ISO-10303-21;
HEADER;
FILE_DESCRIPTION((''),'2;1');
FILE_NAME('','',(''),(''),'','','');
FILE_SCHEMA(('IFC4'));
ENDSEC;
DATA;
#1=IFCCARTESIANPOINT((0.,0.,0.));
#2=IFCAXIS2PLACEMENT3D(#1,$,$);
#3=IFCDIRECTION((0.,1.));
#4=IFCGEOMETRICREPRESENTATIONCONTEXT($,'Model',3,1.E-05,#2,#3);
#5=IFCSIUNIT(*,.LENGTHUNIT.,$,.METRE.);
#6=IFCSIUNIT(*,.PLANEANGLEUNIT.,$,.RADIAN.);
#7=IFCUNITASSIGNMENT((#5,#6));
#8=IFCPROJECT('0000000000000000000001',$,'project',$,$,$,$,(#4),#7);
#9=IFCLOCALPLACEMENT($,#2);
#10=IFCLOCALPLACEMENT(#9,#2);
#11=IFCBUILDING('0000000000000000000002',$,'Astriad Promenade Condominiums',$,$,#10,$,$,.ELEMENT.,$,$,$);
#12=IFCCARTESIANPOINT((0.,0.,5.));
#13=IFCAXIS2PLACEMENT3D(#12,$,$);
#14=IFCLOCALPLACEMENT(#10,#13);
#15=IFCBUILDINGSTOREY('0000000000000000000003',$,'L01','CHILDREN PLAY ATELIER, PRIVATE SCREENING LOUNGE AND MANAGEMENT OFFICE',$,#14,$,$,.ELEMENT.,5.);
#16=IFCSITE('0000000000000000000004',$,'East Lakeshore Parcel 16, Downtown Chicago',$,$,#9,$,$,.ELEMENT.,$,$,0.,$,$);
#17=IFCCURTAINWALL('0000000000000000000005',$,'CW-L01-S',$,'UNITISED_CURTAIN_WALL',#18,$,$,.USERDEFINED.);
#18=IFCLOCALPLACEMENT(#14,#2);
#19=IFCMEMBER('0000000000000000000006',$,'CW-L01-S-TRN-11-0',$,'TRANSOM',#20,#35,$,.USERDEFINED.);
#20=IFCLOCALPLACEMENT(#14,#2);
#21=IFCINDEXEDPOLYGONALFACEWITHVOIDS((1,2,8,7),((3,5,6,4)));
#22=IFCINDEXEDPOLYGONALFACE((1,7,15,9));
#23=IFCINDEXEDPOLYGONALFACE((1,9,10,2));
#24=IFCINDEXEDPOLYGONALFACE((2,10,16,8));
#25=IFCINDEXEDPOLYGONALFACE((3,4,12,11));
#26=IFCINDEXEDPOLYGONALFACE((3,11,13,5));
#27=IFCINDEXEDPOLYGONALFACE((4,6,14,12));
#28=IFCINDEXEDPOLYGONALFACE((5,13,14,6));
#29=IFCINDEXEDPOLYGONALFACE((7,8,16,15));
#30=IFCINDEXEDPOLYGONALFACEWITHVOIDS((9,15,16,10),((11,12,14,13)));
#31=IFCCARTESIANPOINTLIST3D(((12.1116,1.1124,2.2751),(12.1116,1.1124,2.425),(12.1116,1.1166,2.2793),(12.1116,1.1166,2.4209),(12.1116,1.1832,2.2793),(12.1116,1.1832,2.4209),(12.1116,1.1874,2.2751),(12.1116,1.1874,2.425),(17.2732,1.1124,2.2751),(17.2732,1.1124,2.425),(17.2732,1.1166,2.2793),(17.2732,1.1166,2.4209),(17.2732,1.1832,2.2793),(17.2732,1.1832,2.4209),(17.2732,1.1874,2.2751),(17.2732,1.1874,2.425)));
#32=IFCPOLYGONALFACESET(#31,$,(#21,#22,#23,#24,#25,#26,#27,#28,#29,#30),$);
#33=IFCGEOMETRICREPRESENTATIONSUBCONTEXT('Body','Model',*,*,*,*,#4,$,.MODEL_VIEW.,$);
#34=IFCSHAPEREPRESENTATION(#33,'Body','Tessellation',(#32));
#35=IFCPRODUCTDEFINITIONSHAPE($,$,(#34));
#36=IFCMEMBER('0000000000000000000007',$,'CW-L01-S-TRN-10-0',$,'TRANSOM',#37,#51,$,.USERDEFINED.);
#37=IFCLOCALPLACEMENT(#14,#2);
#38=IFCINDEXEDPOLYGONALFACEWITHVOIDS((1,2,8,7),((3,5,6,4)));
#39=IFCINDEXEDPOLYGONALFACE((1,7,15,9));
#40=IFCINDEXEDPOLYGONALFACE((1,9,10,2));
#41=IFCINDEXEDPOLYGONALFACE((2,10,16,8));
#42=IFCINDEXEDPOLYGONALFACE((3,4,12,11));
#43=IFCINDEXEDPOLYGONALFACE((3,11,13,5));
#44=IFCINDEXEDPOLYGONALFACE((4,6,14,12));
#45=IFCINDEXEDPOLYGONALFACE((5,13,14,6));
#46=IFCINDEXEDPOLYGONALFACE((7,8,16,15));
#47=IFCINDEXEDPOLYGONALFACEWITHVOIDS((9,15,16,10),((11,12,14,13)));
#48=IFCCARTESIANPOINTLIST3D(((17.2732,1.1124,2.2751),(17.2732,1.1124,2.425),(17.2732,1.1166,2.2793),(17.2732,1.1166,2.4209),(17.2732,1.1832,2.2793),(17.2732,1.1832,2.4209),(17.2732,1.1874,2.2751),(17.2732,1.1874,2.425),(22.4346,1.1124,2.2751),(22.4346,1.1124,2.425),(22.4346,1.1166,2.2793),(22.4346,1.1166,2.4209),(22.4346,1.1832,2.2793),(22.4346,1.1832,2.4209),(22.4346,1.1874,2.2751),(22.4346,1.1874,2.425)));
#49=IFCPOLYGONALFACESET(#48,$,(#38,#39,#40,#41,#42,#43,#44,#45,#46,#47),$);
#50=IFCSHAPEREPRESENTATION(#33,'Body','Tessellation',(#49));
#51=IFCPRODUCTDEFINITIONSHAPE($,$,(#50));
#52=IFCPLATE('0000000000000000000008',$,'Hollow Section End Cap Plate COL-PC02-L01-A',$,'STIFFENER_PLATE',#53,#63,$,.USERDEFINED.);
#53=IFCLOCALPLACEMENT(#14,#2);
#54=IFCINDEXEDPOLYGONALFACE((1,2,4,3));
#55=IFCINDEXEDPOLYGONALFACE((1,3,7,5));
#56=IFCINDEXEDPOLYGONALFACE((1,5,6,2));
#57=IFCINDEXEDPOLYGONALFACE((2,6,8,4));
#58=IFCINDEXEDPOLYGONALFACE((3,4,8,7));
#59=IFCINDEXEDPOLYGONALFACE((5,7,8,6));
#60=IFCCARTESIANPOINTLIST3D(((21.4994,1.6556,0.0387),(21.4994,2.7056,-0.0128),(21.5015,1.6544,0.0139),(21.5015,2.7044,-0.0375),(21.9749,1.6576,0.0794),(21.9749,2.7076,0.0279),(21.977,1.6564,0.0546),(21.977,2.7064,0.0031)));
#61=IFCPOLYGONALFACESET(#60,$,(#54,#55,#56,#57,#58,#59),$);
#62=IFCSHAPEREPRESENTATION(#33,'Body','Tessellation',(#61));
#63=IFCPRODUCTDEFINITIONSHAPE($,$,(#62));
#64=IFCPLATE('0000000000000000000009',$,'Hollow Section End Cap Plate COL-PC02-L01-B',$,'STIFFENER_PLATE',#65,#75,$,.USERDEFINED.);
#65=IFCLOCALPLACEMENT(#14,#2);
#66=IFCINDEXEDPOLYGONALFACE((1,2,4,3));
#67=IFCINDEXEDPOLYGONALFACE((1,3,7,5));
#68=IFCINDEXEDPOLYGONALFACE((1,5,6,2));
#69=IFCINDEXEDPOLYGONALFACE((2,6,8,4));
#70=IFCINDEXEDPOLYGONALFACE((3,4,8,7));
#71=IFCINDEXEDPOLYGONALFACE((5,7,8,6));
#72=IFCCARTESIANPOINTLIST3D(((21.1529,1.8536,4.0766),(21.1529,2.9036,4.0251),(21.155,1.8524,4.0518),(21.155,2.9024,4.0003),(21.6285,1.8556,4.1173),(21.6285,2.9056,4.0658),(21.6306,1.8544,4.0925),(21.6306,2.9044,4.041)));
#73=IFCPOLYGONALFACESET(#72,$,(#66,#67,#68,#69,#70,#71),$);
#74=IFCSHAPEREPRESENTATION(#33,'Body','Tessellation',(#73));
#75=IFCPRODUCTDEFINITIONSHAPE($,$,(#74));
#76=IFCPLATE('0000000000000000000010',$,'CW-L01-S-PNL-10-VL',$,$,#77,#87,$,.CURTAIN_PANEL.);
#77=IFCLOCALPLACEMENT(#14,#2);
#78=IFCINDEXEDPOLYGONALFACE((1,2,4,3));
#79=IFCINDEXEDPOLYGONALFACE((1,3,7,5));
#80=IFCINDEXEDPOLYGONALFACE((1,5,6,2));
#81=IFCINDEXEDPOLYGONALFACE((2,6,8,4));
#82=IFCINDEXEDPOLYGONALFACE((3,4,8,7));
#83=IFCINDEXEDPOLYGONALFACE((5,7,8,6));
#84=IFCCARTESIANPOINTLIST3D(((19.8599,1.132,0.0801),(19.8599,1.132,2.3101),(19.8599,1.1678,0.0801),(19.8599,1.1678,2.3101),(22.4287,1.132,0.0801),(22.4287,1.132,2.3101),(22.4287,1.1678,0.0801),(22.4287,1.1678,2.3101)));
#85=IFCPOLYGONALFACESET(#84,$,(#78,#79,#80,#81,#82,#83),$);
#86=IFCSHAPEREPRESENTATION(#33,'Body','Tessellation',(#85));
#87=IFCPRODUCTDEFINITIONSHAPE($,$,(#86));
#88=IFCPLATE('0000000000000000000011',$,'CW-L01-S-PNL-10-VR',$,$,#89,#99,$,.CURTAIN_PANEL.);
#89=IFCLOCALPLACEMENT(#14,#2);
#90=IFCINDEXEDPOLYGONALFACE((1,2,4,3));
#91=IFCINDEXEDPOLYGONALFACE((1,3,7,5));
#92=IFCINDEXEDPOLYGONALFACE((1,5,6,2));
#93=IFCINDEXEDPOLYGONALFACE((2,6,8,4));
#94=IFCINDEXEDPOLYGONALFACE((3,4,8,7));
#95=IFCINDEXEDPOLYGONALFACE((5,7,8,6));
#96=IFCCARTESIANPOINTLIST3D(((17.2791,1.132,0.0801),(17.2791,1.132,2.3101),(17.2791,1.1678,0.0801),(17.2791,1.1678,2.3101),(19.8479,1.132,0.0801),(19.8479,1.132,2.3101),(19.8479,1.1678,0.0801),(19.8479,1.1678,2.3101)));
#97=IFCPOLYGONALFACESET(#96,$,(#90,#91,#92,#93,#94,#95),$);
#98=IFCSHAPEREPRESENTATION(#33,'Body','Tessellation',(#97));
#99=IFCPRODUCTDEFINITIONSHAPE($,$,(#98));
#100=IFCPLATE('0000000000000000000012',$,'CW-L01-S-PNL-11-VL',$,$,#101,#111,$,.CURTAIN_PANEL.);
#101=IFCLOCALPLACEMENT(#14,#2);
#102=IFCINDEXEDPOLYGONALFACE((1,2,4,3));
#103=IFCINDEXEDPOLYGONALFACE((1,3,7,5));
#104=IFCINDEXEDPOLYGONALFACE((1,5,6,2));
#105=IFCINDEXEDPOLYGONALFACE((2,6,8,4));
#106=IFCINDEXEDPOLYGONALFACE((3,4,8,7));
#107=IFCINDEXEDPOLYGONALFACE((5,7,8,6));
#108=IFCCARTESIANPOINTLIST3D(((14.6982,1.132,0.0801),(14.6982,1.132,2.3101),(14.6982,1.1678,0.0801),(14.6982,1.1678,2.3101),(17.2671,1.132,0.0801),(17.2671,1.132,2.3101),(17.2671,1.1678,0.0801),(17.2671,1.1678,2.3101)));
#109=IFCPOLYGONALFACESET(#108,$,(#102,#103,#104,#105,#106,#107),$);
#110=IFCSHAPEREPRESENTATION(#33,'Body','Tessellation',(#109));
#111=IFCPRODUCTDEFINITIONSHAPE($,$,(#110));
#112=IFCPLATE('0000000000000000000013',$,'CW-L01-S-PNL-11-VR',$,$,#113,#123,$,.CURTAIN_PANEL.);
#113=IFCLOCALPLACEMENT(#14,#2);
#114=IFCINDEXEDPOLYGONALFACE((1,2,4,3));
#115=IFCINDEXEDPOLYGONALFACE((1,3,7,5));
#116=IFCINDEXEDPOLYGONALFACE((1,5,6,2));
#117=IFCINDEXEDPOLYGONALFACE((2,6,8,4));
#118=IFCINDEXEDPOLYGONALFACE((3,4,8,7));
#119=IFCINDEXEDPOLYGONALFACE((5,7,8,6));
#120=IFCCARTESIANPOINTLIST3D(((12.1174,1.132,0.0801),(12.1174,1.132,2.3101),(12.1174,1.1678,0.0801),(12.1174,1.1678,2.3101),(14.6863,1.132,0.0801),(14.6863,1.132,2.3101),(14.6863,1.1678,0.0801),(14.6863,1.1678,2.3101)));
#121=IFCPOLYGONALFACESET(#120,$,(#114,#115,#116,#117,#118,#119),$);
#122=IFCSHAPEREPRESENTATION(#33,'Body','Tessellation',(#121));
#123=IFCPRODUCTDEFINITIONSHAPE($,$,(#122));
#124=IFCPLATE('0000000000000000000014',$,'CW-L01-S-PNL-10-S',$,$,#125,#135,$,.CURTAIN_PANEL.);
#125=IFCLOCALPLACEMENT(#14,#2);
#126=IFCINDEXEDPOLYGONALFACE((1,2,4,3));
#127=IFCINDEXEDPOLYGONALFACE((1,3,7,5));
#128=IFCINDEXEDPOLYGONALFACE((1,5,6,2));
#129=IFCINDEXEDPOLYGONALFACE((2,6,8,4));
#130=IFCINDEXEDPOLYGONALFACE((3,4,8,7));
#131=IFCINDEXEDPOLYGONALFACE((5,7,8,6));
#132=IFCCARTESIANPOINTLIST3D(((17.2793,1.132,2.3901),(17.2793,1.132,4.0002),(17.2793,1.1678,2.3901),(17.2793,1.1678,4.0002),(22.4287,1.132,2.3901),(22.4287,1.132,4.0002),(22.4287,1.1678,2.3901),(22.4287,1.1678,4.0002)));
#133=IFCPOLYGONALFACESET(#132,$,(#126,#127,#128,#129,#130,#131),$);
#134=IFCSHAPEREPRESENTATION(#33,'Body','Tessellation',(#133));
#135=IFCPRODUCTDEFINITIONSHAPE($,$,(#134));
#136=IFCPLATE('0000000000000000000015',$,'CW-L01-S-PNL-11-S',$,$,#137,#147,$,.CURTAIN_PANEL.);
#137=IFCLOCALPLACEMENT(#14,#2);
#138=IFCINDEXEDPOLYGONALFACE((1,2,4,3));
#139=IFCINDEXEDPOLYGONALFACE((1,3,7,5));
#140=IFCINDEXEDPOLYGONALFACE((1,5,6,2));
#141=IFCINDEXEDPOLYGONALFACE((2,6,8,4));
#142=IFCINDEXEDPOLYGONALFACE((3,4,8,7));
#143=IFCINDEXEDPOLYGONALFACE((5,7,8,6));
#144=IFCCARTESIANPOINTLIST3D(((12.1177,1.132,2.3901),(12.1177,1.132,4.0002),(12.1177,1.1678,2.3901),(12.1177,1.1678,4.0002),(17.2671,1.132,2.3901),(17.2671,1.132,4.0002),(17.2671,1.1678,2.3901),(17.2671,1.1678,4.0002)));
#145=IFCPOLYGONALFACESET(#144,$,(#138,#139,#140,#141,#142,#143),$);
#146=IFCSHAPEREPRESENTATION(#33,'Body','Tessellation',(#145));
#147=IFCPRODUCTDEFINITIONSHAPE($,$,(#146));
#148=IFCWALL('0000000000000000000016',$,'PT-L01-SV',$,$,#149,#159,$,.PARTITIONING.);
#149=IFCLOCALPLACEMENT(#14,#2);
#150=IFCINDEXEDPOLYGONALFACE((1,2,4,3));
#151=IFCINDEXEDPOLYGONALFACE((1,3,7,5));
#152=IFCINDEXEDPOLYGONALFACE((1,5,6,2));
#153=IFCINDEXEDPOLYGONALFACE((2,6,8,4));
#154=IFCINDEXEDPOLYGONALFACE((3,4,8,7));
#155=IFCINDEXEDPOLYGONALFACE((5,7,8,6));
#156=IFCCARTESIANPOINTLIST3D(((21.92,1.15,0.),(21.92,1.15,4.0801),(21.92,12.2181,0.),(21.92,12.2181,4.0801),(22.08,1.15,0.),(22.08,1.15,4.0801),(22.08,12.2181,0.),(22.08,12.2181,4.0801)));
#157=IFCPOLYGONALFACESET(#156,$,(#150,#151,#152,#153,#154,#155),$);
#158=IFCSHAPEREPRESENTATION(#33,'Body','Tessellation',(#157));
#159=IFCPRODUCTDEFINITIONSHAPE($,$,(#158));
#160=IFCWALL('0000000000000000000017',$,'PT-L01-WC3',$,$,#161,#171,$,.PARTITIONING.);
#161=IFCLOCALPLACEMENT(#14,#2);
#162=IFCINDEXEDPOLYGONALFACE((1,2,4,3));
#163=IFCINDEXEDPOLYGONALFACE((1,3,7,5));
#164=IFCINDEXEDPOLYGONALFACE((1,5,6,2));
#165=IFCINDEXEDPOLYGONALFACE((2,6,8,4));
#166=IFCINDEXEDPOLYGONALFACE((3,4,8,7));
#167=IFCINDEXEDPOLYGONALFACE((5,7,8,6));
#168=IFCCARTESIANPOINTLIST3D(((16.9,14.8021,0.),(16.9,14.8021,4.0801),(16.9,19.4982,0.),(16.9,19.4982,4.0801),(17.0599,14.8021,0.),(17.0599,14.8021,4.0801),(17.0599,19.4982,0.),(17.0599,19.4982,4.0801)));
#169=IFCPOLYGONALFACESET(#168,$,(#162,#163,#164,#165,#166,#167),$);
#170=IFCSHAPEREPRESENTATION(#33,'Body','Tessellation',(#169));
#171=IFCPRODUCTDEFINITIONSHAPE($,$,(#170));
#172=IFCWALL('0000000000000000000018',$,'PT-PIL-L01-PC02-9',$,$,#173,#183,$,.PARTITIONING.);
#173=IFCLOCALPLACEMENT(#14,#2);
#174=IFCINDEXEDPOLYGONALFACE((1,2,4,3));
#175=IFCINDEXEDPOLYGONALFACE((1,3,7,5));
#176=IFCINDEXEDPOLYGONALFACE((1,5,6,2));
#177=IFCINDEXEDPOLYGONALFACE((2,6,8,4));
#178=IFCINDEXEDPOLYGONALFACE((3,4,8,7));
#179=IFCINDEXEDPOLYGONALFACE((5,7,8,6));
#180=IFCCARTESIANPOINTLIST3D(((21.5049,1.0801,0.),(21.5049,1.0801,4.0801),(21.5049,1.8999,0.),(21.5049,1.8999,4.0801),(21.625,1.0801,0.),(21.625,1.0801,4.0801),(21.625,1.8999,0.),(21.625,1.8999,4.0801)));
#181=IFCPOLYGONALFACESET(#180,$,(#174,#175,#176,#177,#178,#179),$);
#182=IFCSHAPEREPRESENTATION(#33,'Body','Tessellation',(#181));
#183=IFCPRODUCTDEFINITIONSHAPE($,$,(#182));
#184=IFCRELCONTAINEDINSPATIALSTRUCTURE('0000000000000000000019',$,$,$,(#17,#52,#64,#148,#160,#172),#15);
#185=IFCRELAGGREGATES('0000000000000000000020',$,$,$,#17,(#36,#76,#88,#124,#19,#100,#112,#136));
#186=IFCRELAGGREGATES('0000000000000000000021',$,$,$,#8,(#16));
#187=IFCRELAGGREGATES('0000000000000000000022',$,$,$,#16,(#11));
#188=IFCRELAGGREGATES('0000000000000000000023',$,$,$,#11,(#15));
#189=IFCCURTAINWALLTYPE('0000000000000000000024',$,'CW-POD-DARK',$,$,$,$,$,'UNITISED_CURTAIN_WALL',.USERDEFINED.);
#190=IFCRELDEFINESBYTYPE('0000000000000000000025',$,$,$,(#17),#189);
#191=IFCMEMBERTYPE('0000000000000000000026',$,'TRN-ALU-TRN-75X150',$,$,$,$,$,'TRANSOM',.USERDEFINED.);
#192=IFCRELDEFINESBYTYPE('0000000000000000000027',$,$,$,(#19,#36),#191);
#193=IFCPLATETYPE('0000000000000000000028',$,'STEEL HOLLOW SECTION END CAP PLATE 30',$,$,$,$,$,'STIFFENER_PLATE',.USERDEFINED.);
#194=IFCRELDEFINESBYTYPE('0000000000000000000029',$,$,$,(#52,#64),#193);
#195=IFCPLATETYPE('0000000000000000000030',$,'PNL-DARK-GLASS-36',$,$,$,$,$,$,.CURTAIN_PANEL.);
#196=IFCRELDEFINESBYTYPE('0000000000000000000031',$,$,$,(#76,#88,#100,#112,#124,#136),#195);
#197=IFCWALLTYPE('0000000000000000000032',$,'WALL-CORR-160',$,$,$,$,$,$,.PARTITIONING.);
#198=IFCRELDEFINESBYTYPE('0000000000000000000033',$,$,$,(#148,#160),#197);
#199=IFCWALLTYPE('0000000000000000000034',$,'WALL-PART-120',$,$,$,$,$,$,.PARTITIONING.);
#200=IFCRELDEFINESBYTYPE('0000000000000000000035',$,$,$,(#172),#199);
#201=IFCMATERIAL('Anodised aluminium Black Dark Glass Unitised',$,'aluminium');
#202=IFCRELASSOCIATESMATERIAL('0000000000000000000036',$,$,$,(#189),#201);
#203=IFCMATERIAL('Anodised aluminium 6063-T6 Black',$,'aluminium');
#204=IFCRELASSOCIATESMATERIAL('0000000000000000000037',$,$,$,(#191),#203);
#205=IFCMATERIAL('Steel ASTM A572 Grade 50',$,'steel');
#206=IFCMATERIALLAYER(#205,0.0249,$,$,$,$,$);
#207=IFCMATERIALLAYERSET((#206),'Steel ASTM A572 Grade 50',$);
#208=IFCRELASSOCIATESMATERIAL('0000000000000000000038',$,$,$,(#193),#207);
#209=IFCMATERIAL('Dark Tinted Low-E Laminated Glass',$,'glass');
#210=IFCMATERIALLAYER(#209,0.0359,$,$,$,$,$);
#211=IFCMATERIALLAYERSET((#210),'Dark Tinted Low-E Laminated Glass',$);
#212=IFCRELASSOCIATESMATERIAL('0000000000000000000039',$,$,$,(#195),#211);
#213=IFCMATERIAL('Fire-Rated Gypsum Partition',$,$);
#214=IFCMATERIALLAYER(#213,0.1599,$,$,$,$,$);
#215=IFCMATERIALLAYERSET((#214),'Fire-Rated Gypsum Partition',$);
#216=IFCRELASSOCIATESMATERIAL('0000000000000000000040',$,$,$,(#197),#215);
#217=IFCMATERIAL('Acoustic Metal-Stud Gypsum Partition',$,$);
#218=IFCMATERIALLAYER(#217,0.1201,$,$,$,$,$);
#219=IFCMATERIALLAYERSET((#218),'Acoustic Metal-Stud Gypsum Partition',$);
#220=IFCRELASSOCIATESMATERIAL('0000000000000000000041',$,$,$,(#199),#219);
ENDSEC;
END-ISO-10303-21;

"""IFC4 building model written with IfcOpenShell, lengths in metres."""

from ifc_helpers import new_model, si_unit, direction, frame, frame_2d, origin, origin_2d, place, context, subcontext, project, spatial, rectangle, hollow_rectangle, extrude, source, transform, mapped, material, layer, layer_set, material_profile, profile_set, type_object, type_shapes, element, aggregate, save


model = new_model("IFC4")

# Units and contexts
model_context = context("Model", 3, precision=1e-05, world=origin(), true_north=direction((0.0, 1.0)))
body_context = subcontext(model_context, "Body", "Model", "MODEL_VIEW")
ifc_project = project(units=[si_unit("LENGTHUNIT", "METRE"), si_unit("PLANEANGLEUNIT", "RADIAN")], contexts=[model_context])

# Site, building, storey
site_placement = place(None, origin())
site = spatial("IfcSite", under=ifc_project, at=site_placement, Name="East Lakeshore Parcel 16, Downtown Chicago", CompositionType="ELEMENT", RefElevation=0.0)
building_placement = place(site_placement, origin())
building = spatial("IfcBuilding", under=site, at=building_placement, Name="Astriad Promenade Condominiums", CompositionType="ELEMENT")
storey_placement = place(building_placement, frame((0.0, 0.0, 5.0)))
storey = spatial("IfcBuildingStorey", under=building, at=storey_placement, Name="L01", Description="CHILDREN PLAY ATELIER, PRIVATE SCREENING LOUNGE AND MANAGEMENT OFFICE", CompositionType="ELEMENT", Elevation=5.0)

# Curtain wall, members
ifc_material_1 = material(Name="Anodised aluminium Black Dark Glass Unitised", Category="aluminium")
curtain_wall_type = type_object("IfcCurtainWallType", Name="CW-POD-DARK", ElementType="UNITISED_CURTAIN_WALL", PredefinedType="USERDEFINED", material=ifc_material_1)
curtain_wall_placement = place(storey_placement, origin())
curtain_wall = element("IfcCurtainWall", 1, at=curtain_wall_placement, inside=storey, type_object=curtain_wall_type, Name="CW-L01-S", ObjectType="UNITISED_CURTAIN_WALL", PredefinedType="USERDEFINED")
ifc_material_2 = material(Name="Anodised aluminium 6063-T6 Black", Category="aluminium")
ifc_material_profile_1 = material_profile(ifc_material_2, hollow_rectangle(XDim=0.075, YDim=0.1499, WallThickness=0.0042, at=origin_2d()), Name="ALU-TRN-75X150")
ifc_profile_set_1 = profile_set([ifc_material_profile_1], Name="Anodised aluminium 6063-T6 Black")
member_type_1 = type_object("IfcMemberType", Name="TRN-ALU-TRN-75X150", ElementType="TRANSOM", PredefinedType="USERDEFINED", material=ifc_profile_set_1)
shared_shape_1 = source(origin(), body_context, "Body", "SweptSolid", [
    extrude(hollow_rectangle(XDim=0.075, YDim=0.1499, WallThickness=0.0042, at=origin_2d()), origin(), (0.0, 0.0, 1.0), 5.1616),
])
member_1_placement = place(storey_placement, frame((17.2732, 1.1499, 2.3501), z_axis=(-1.0, 0.0, 0.0), x_axis=(0.0, -1.0, 0.0)))
member_1 = element("IfcMember", 2, at=member_1_placement, type_object=member_type_1, Name="CW-L01-S-TRN-11-0", ObjectType="TRANSOM", PredefinedType="USERDEFINED", context=body_context, shape_type="MappedRepresentation", body=[
    mapped(shared_shape_1, transform((0.0, 0.0, 0.0), scale=1.0)),
])
shared_shape_2 = source(origin(), body_context, "Body", "SweptSolid", [
    extrude(hollow_rectangle(XDim=0.075, YDim=0.1499, WallThickness=0.0042, at=origin_2d()), origin(), (0.0, 0.0, 1.0), 5.1614),
])
type_shapes(member_type_1, [shared_shape_1, shared_shape_2])
member_2_placement = place(storey_placement, frame((22.4346, 1.1499, 2.3501), z_axis=(-1.0, 0.0, 0.0), x_axis=(0.0, -1.0, 0.0)))
member_2 = element("IfcMember", 3, at=member_2_placement, type_object=member_type_1, Name="CW-L01-S-TRN-10-0", ObjectType="TRANSOM", PredefinedType="USERDEFINED", context=body_context, shape_type="MappedRepresentation", body=[
    mapped(shared_shape_2, transform((0.0, 0.0, 0.0), scale=1.0)),
])

# Plates
ifc_material_3 = material(Name="Steel ASTM A572 Grade 50", Category="steel")
ifc_layer_1 = layer(ifc_material_3, 0.0249)
ifc_layer_set_1 = layer_set([ifc_layer_1], Name="Steel ASTM A572 Grade 50")
plate_type_1 = type_object("IfcPlateType", Name="STEEL HOLLOW SECTION END CAP PLATE 30", ElementType="STIFFENER_PLATE", PredefinedType="USERDEFINED", material=ifc_layer_set_1)
shared_shape_3 = source(origin(), body_context, "Body", "SweptSolid", [
    extrude(rectangle(XDim=0.4773, YDim=1.0513, at=origin_2d()), origin(), (0.0, 0.0, 1.0), 0.0249),
])
type_shapes(plate_type_1, [shared_shape_3])
for number, where, z_axis, x_axis, name in (
    (4, (21.7393, 2.1804, 0.0085), (-0.085356, 0.048803, 0.995155), (1.0, 0.0, 0.0), "Hollow Section End Cap Plate COL-PC02-L01-A"),
    (5, (21.3928, 2.3784, 4.0464), (-0.085356, 0.048803, 0.995155), (1.0, 0.0, 0.0), "Hollow Section End Cap Plate COL-PC02-L01-B"),
):
    element("IfcPlate", number, at=place(storey_placement, frame(where, z_axis=z_axis, x_axis=x_axis)), inside=storey, type_object=plate_type_1, Name=name, ObjectType="STIFFENER_PLATE", PredefinedType="USERDEFINED", context=body_context, shape_type="MappedRepresentation", body=[
        mapped(shared_shape_3, transform((0.0, 0.0, 0.0), scale=1.0)),
    ])

# Plates
ifc_material_4 = material(Name="Dark Tinted Low-E Laminated Glass", Category="glass")
ifc_layer_2 = layer(ifc_material_4, 0.0359)
ifc_layer_set_2 = layer_set([ifc_layer_2], Name="Dark Tinted Low-E Laminated Glass")
plate_type_2 = type_object("IfcPlateType", Name="PNL-DARK-GLASS-36", PredefinedType="CURTAIN_PANEL", material=ifc_layer_set_2)
shared_shape_4 = source(origin(), body_context, "Body", "SweptSolid", [
    extrude(rectangle(XDim=2.5688, YDim=0.0359, at=origin_2d()), origin(), (0.0, 0.0, 1.0), 2.23),
])
plate_1_placement = place(storey_placement, frame((21.1443, 1.1499, 0.0801), z_axis=(0.0, 0.0, 1.0), x_axis=(-1.0, 0.0, 0.0)))
plate_1 = element("IfcPlate", 6, at=plate_1_placement, type_object=plate_type_2, Name="CW-L01-S-PNL-10-VL", PredefinedType="CURTAIN_PANEL", context=body_context, shape_type="MappedRepresentation", body=[
    mapped(shared_shape_4, transform((0.0, 0.0, 0.0), scale=1.0)),
])
plate_2_placement = place(storey_placement, frame((18.5635, 1.1499, 0.0801), z_axis=(0.0, 0.0, 1.0), x_axis=(-1.0, 0.0, 0.0)))
plate_2 = element("IfcPlate", 7, at=plate_2_placement, type_object=plate_type_2, Name="CW-L01-S-PNL-10-VR", PredefinedType="CURTAIN_PANEL", context=body_context, shape_type="MappedRepresentation", body=[
    mapped(shared_shape_4, transform((0.0, 0.0, 0.0), scale=1.0)),
])
plate_3_placement = place(storey_placement, frame((15.9827, 1.1499, 0.0801), z_axis=(0.0, 0.0, 1.0), x_axis=(-1.0, 0.0, 0.0)))
plate_3 = element("IfcPlate", 8, at=plate_3_placement, type_object=plate_type_2, Name="CW-L01-S-PNL-11-VL", PredefinedType="CURTAIN_PANEL", context=body_context, shape_type="MappedRepresentation", body=[
    mapped(shared_shape_4, transform((0.0, 0.0, 0.0), scale=1.0)),
])
plate_4_placement = place(storey_placement, frame((13.4019, 1.1499, 0.0801), z_axis=(0.0, 0.0, 1.0), x_axis=(-1.0, 0.0, 0.0)))
plate_4 = element("IfcPlate", 9, at=plate_4_placement, type_object=plate_type_2, Name="CW-L01-S-PNL-11-VR", PredefinedType="CURTAIN_PANEL", context=body_context, shape_type="MappedRepresentation", body=[
    mapped(shared_shape_4, transform((0.0, 0.0, 0.0), scale=1.0)),
])
shared_shape_5 = source(origin(), body_context, "Body", "SweptSolid", [
    extrude(rectangle(XDim=5.1494, YDim=0.0359, at=origin_2d()), origin(), (0.0, 0.0, 1.0), 1.6101),
])
type_shapes(plate_type_2, [shared_shape_4, shared_shape_5])
plate_5_placement = place(storey_placement, frame((19.854, 1.1499, 2.3901), z_axis=(0.0, 0.0, 1.0), x_axis=(-1.0, 0.0, 0.0)))
plate_5 = element("IfcPlate", 10, at=plate_5_placement, type_object=plate_type_2, Name="CW-L01-S-PNL-10-S", PredefinedType="CURTAIN_PANEL", context=body_context, shape_type="MappedRepresentation", body=[
    mapped(shared_shape_5, transform((0.0, 0.0, 0.0), scale=1.0)),
])
plate_6_placement = place(storey_placement, frame((14.6924, 1.1499, 2.3901), z_axis=(0.0, 0.0, 1.0), x_axis=(-1.0, 0.0, 0.0)))
plate_6 = element("IfcPlate", 11, at=plate_6_placement, type_object=plate_type_2, Name="CW-L01-S-PNL-11-S", PredefinedType="CURTAIN_PANEL", context=body_context, shape_type="MappedRepresentation", body=[
    mapped(shared_shape_5, transform((0.0, 0.0, 0.0), scale=1.0)),
])
aggregate(curtain_wall, [member_2, plate_1, plate_2, plate_5, member_1, plate_3, plate_4, plate_6])

# Walls
ifc_material_5 = material(Name="Fire-Rated Gypsum Partition")
ifc_layer_3 = layer(ifc_material_5, 0.1599)
ifc_layer_set_3 = layer_set([ifc_layer_3], Name="Fire-Rated Gypsum Partition")
wall_type_1 = type_object("IfcWallType", Name="WALL-CORR-160", PredefinedType="PARTITIONING", material=ifc_layer_set_3)
wall_1_placement = place(storey_placement, frame((22.0, 1.1499, 0.0), z_axis=(0.0, 0.0, 1.0), x_axis=(0.0, 1.0, 0.0)))
element("IfcWall", 12, at=wall_1_placement, inside=storey, type_object=wall_type_1, Name="PT-L01-SV", PredefinedType="PARTITIONING", context=body_context, shape_type="SweptSolid", body=[
    extrude(rectangle(XDim=11.0681, YDim=0.1599, at=frame_2d((5.5342, 0.0))), origin(), (0.0, 0.0, 1.0), 4.0801),
])
wall_2_placement = place(storey_placement, frame((16.98, 14.802, 0.0), z_axis=(0.0, 0.0, 1.0), x_axis=(0.0, 1.0, 0.0)))
element("IfcWall", 13, at=wall_2_placement, inside=storey, type_object=wall_type_1, Name="PT-L01-WC3", PredefinedType="PARTITIONING", context=body_context, shape_type="SweptSolid", body=[
    extrude(rectangle(XDim=4.696, YDim=0.1599, at=frame_2d((2.3481, 0.0))), origin(), (0.0, 0.0, 1.0), 4.0801),
])
ifc_material_6 = material(Name="Acoustic Metal-Stud Gypsum Partition")
ifc_layer_4 = layer(ifc_material_6, 0.1201)
ifc_layer_set_4 = layer_set([ifc_layer_4], Name="Acoustic Metal-Stud Gypsum Partition")
wall_type_2 = type_object("IfcWallType", Name="WALL-PART-120", PredefinedType="PARTITIONING", material=ifc_layer_set_4)
wall_3_placement = place(storey_placement, frame((21.5649, 1.8999, 0.0), z_axis=(0.0, 0.0, 1.0), x_axis=(0.0, -1.0, 0.0)))
element("IfcWall", 14, at=wall_3_placement, inside=storey, type_object=wall_type_2, Name="PT-PIL-L01-PC02-9", PredefinedType="PARTITIONING", context=body_context, shape_type="SweptSolid", body=[
    extrude(rectangle(XDim=0.8198, YDim=0.1201, at=frame_2d((0.4099, 0.0))), origin(), (0.0, 0.0, 1.0), 4.0801),
])

save(model, "model.ifc")
